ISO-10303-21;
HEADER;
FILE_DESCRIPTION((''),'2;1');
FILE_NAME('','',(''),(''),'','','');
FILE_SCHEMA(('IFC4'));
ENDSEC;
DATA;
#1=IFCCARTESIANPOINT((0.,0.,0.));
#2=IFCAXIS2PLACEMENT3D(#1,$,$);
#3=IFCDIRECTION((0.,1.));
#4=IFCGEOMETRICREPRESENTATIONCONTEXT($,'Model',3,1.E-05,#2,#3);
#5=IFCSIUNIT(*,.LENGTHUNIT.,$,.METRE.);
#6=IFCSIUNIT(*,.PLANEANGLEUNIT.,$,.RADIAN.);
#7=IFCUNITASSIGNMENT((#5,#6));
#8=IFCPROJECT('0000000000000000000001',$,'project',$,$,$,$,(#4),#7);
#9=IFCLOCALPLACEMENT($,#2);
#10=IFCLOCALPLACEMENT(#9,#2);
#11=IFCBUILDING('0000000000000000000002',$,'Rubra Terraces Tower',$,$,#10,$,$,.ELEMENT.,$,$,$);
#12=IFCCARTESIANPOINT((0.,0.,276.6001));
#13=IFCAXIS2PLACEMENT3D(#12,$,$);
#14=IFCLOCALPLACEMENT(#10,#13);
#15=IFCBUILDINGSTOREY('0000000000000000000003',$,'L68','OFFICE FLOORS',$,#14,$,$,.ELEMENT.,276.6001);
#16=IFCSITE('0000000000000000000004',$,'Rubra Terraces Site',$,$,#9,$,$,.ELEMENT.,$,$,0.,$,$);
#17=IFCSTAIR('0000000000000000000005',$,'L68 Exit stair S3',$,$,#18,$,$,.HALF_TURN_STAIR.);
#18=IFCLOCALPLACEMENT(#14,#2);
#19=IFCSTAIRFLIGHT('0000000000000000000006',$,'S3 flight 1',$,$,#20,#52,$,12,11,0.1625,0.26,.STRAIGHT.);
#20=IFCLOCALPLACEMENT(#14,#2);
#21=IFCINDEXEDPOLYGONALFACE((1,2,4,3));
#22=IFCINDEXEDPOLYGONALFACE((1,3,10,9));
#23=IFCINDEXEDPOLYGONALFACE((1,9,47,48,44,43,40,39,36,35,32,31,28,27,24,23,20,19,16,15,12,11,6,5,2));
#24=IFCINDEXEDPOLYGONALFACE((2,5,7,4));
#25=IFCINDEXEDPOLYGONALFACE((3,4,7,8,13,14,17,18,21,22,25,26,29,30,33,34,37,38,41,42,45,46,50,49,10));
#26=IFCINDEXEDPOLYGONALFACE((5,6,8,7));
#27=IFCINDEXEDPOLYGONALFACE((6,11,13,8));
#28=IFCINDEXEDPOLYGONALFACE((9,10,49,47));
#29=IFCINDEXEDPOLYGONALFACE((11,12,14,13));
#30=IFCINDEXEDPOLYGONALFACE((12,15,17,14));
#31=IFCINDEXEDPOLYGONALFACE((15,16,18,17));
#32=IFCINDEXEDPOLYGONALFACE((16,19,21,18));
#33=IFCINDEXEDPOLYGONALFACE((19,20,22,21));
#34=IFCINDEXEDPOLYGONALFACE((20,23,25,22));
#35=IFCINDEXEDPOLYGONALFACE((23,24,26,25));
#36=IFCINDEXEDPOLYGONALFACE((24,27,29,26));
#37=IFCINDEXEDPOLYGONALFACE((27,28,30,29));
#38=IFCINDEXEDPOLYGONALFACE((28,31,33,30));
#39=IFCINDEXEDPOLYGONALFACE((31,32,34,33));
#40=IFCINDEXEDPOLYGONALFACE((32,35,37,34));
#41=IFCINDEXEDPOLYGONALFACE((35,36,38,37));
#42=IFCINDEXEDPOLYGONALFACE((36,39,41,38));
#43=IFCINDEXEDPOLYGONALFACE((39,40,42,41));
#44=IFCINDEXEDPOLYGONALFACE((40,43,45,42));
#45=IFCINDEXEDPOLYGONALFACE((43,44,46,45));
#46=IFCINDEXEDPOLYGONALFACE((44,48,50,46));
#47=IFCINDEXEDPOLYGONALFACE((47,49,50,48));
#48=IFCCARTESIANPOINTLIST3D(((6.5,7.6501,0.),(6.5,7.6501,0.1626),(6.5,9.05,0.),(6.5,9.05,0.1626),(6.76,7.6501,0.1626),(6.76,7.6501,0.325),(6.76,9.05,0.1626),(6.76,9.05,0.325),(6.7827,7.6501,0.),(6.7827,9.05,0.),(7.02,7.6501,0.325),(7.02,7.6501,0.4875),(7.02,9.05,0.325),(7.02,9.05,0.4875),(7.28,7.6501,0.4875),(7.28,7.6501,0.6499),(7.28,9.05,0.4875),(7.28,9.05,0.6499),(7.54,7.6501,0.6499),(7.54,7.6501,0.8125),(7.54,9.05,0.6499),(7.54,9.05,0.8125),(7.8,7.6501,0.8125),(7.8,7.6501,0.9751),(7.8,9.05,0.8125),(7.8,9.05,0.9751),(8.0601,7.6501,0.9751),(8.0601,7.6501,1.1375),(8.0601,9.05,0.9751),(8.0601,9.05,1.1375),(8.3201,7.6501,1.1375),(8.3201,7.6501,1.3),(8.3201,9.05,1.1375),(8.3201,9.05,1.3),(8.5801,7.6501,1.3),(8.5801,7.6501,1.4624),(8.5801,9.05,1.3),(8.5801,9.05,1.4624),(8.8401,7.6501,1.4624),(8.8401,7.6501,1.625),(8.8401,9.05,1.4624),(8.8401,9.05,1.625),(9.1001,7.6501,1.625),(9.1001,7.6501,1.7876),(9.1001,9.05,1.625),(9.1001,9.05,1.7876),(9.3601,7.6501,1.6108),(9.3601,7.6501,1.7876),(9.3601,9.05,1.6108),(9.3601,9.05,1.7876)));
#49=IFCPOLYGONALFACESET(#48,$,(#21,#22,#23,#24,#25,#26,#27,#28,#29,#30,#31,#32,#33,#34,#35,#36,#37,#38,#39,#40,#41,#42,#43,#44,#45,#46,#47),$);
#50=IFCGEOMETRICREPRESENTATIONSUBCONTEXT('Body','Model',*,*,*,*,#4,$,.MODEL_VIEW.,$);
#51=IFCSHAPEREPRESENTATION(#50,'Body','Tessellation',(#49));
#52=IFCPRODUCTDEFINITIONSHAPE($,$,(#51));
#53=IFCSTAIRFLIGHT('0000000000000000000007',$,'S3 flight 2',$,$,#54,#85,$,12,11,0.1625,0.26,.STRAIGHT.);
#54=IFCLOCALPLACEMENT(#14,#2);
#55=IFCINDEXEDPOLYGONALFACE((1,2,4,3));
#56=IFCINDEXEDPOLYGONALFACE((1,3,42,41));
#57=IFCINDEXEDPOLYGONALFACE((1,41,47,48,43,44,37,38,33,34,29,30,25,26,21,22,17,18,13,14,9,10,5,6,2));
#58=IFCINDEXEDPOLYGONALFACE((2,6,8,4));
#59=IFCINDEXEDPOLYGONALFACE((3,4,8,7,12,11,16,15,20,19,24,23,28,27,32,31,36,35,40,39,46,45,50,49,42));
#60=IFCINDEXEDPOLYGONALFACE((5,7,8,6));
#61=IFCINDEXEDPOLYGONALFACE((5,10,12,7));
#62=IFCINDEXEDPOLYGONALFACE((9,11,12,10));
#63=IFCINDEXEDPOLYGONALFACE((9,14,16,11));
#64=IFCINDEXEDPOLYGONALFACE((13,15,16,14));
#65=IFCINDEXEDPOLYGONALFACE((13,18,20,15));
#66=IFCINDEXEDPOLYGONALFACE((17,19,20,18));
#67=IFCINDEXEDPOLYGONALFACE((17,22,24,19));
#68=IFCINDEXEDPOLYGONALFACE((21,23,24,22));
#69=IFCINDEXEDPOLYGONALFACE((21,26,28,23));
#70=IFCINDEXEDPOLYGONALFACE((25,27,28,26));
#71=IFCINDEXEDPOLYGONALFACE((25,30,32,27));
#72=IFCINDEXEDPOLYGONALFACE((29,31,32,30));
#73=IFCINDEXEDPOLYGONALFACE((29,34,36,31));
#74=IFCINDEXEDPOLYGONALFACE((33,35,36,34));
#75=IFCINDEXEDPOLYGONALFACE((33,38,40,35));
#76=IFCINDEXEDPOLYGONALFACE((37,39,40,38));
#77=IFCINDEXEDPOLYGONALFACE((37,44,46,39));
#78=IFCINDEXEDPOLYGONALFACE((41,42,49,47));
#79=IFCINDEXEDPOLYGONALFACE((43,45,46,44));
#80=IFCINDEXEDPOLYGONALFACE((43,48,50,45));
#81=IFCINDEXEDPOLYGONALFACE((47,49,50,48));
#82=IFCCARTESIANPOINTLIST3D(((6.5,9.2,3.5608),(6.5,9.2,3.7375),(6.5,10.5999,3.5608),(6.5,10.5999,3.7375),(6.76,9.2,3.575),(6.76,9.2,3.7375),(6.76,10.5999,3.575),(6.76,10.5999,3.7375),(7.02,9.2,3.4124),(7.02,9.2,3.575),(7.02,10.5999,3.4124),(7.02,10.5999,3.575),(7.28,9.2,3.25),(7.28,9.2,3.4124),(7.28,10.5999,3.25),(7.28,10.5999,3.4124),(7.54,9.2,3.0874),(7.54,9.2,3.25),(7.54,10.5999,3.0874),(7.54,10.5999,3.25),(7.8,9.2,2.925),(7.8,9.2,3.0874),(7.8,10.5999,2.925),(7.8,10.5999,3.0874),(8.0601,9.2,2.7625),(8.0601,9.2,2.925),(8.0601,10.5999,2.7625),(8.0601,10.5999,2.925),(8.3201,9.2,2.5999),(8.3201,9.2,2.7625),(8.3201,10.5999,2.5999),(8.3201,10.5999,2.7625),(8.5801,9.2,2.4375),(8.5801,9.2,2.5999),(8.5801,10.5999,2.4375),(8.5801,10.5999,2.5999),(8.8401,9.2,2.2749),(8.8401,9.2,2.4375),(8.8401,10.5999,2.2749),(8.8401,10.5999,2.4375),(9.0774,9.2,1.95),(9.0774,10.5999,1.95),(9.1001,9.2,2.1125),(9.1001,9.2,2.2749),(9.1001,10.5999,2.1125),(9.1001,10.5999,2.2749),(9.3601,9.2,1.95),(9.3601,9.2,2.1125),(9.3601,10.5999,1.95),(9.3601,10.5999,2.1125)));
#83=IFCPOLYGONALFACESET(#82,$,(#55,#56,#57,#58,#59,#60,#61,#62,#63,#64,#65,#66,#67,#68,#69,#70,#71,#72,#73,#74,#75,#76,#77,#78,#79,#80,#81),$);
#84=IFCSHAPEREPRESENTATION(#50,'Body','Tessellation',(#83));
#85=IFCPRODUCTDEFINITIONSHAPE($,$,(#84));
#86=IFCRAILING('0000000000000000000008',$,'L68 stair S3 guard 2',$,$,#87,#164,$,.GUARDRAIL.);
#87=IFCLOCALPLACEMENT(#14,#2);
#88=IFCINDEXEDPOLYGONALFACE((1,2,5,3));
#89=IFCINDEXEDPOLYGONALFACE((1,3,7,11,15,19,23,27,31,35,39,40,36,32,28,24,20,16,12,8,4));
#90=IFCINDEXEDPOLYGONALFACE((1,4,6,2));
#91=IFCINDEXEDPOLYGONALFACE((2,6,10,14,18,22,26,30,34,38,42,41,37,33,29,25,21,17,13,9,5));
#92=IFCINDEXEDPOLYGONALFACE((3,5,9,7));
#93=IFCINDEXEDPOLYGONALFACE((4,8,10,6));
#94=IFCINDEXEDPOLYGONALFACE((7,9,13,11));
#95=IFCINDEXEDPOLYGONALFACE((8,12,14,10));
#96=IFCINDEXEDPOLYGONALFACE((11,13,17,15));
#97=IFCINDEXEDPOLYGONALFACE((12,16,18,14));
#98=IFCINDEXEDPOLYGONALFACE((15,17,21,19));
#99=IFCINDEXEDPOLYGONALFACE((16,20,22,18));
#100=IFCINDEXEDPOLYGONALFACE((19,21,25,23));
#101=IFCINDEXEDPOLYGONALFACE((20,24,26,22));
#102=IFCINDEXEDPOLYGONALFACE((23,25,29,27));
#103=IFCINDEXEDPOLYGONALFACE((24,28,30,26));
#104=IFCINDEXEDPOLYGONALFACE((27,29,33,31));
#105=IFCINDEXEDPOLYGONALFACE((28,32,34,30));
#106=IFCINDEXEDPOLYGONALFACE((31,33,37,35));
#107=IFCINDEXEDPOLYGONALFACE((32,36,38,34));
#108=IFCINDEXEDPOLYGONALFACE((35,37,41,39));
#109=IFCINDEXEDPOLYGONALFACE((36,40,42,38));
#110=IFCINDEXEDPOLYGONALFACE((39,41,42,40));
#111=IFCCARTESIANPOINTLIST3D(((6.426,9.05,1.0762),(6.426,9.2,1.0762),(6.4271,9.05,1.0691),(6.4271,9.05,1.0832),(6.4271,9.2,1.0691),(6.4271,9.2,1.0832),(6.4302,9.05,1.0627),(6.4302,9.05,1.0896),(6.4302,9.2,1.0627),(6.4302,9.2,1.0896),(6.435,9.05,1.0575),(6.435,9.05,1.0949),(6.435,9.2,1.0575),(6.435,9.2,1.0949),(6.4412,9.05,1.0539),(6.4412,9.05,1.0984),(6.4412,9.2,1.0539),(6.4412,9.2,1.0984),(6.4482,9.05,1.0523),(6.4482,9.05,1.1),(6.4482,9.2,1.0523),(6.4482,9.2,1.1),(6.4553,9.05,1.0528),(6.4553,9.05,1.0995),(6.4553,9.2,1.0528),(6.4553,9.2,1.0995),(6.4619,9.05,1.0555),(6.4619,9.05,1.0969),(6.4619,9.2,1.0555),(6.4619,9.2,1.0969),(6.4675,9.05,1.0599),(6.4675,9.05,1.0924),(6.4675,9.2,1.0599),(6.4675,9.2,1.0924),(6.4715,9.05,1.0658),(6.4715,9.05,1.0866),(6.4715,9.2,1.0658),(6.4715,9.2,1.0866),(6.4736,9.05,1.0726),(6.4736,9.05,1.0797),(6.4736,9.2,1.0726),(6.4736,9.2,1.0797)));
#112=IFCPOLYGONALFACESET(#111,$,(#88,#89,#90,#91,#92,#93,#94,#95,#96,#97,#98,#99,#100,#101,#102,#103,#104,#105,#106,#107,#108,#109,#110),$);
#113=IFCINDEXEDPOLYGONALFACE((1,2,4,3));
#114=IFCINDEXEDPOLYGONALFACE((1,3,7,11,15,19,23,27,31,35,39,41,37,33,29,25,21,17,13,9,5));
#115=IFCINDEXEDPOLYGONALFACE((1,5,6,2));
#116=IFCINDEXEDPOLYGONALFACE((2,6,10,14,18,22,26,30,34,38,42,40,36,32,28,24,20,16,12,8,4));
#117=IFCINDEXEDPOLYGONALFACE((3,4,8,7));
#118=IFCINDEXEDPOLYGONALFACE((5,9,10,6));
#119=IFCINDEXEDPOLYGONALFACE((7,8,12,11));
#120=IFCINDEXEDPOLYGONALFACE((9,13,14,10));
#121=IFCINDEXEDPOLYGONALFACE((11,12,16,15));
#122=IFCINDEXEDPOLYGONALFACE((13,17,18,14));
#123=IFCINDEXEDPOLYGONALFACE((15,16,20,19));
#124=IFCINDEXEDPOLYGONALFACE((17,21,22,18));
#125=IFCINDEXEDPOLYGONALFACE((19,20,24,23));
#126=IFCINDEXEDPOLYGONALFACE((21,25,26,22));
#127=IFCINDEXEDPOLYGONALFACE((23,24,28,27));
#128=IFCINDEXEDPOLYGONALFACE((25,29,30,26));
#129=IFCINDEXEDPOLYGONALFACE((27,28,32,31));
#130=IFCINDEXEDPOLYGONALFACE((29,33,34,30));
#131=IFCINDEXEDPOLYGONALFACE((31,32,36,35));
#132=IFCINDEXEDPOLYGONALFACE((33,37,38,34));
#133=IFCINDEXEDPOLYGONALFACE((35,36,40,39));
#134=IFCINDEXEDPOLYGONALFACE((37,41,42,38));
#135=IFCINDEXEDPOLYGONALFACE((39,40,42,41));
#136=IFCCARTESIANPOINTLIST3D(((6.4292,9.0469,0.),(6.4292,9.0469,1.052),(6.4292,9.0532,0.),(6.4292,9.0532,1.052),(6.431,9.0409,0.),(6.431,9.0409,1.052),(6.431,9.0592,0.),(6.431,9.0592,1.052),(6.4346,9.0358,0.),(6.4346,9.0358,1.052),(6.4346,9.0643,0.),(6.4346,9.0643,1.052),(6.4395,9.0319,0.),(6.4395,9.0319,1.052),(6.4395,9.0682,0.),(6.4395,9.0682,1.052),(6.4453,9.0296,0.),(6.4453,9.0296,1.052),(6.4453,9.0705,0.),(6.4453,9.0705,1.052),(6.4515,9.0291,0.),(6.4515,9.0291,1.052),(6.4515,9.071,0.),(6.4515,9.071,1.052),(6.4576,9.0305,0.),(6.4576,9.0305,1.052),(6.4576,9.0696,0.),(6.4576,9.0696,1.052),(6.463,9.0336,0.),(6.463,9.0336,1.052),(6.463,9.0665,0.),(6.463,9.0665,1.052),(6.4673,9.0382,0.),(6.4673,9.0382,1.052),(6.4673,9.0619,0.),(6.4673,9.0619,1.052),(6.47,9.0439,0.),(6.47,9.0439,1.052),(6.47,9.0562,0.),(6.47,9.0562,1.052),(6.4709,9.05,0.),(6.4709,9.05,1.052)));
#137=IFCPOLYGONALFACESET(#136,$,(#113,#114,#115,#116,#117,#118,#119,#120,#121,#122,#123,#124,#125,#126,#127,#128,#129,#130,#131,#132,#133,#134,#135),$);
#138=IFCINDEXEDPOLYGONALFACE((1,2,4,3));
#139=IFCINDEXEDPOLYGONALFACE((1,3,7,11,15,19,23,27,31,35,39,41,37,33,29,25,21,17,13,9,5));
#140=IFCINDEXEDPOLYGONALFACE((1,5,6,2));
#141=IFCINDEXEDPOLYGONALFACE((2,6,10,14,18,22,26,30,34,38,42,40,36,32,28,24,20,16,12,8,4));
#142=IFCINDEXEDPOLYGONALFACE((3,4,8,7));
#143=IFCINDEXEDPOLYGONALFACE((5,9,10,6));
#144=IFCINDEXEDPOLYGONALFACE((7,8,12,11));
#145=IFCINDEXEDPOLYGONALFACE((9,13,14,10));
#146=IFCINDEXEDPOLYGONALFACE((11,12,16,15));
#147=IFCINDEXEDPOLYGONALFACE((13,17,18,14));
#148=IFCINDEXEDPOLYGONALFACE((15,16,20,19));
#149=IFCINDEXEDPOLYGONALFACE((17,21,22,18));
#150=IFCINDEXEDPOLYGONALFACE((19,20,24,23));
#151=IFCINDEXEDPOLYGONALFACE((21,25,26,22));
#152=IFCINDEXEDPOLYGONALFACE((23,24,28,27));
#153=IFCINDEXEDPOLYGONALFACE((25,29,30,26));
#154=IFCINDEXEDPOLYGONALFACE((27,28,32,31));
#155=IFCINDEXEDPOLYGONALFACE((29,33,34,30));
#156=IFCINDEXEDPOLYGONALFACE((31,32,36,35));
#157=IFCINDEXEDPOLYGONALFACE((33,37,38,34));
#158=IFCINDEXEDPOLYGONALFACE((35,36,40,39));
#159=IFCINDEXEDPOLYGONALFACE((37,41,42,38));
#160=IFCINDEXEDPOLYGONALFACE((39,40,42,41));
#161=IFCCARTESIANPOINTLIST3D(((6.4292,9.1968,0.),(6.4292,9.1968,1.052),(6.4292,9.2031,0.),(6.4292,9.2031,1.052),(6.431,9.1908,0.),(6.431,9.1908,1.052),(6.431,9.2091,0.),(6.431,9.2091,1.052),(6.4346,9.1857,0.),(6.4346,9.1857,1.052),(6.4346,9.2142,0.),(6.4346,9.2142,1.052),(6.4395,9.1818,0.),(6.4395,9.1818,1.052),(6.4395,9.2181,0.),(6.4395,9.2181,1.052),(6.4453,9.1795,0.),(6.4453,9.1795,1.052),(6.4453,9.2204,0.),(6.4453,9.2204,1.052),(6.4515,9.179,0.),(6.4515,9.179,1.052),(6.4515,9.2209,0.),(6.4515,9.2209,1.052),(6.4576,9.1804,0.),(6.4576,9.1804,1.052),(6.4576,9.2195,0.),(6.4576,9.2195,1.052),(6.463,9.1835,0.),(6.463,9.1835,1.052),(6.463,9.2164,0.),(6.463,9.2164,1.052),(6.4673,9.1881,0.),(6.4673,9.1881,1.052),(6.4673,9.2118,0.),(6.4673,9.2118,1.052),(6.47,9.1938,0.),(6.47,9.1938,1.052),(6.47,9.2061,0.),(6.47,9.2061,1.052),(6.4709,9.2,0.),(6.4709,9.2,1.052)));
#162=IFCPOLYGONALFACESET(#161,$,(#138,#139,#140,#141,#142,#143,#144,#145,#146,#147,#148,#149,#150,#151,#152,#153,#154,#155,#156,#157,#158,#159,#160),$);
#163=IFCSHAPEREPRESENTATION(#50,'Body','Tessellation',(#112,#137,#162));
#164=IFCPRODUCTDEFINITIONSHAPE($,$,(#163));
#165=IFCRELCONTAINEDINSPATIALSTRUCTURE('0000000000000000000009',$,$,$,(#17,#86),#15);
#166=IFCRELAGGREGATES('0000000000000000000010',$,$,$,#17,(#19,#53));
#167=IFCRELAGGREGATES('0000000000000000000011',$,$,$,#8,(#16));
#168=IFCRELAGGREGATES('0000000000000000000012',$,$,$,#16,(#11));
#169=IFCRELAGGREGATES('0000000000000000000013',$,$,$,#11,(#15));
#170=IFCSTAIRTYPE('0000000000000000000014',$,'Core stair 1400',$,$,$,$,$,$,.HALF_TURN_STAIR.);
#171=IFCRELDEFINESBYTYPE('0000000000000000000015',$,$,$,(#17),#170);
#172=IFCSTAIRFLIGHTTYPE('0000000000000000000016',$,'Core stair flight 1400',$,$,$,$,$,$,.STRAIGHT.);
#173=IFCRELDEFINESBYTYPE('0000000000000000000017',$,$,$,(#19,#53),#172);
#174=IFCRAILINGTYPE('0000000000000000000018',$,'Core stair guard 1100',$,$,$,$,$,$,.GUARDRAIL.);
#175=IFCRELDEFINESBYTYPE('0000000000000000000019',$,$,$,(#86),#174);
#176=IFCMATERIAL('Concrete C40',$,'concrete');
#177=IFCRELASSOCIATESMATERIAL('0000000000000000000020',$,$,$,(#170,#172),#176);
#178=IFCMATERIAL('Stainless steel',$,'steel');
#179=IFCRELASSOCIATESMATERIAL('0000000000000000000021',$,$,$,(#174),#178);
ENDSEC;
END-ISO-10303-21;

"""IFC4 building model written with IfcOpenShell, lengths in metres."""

from ifc_helpers import new_model, si_unit, direction, frame, origin, origin_2d, place, context, subcontext, project, spatial, polyline, circle, outline, extrude, material, type_object, element, aggregate, save


model = new_model("IFC4")

# Units and contexts
model_context = context("Model", 3, precision=1e-05, world=origin(), true_north=direction((0.0, 1.0)))
body_context = subcontext(model_context, "Body", "Model", "MODEL_VIEW")
ifc_project = project(units=[si_unit("LENGTHUNIT", "METRE"), si_unit("PLANEANGLEUNIT", "RADIAN")], contexts=[model_context])

# Site, building, storey
site_placement = place(None, origin())
site = spatial("IfcSite", under=ifc_project, at=site_placement, Name="Rubra Terraces Site", CompositionType="ELEMENT", RefElevation=0.0)
building_placement = place(site_placement, origin())
building = spatial("IfcBuilding", under=site, at=building_placement, Name="Rubra Terraces Tower", CompositionType="ELEMENT")
storey_placement = place(building_placement, frame((0.0, 0.0, 276.6001)))
storey = spatial("IfcBuildingStorey", under=building, at=storey_placement, Name="L68", Description="OFFICE FLOORS", CompositionType="ELEMENT", Elevation=276.6001)

# Shared definitions
ifc_material_1 = material(Name="Concrete C40", Category="concrete")

# Shared definitions
ifc_material_2 = material(Name="Stainless steel", Category="steel")

# Stair, stair flights
stair_type = type_object("IfcStairType", Name="Core stair 1400", PredefinedType="HALF_TURN_STAIR", material=ifc_material_1)
stair_placement = place(storey_placement, origin())
stair = element("IfcStair", 1, at=stair_placement, inside=storey, type_object=stair_type, Name="L68 Exit stair S3", PredefinedType="HALF_TURN_STAIR")
stair_flight_type = type_object("IfcStairFlightType", Name="Core stair flight 1400", PredefinedType="STRAIGHT", material=ifc_material_1)
stair_flight_1_placement = place(storey_placement, frame((6.5, 8.3501, 0.0), z_axis=(0.0, 0.0, 1.0), x_axis=(1.0, 0.0, 0.0)))
stair_flight_1 = element("IfcStairFlight", 2, at=stair_flight_1_placement, type_object=stair_flight_type, Name="S3 flight 1", NumberOfRisers=12, NumberOfTreads=11, PredefinedType="STRAIGHT", RiserHeight=0.1625, TreadLength=0.26, context=body_context, shape_type="SweptSolid", body=[
    extrude(outline(polyline([(0.0, 0.0), (0.0, 0.1626), (0.26, 0.1626), (0.26, 0.325), (0.52, 0.325), (0.52, 0.4875), (0.78, 0.4875), (0.78, 0.6499), (1.04, 0.6499), (1.04, 0.8125), (1.3, 0.8125), (1.3, 0.9751), (1.5601, 0.9751), (1.5601, 1.1375), (1.8201, 1.1375), (1.8201, 1.3), (2.0801, 1.3), (2.0801, 1.4624), (2.3401, 1.4624), (2.3401, 1.625), (2.6001, 1.625), (2.6001, 1.7876), (2.8601, 1.7876), (2.8601, 1.95), (2.8601, 1.6108), (0.2827, 0.0), (0.0, 0.0)])), frame((0.0, 0.7, 0.0), z_axis=(0.0, -1.0, 0.0), x_axis=(1.0, 0.0, 0.0)), (0.0, 0.0, 1.0), 1.3999),
])
stair_flight_2_placement = place(storey_placement, frame((9.3601, 9.8999, 1.95), z_axis=(0.0, 0.0, 1.0), x_axis=(-1.0, 0.0, 0.0)))
stair_flight_2 = element("IfcStairFlight", 3, at=stair_flight_2_placement, type_object=stair_flight_type, Name="S3 flight 2", NumberOfRisers=12, NumberOfTreads=11, PredefinedType="STRAIGHT", RiserHeight=0.1625, TreadLength=0.26, context=body_context, shape_type="SweptSolid", body=[
    extrude(outline(polyline([(0.0, 0.0), (0.0, 0.1626), (0.26, 0.1626), (0.26, 0.325), (0.52, 0.325), (0.52, 0.4875), (0.78, 0.4875), (0.78, 0.6499), (1.04, 0.6499), (1.04, 0.8125), (1.3, 0.8125), (1.3, 0.9751), (1.5601, 0.9751), (1.5601, 1.1375), (1.8201, 1.1375), (1.8201, 1.3), (2.0801, 1.3), (2.0801, 1.4624), (2.3401, 1.4624), (2.3401, 1.625), (2.6001, 1.625), (2.6001, 1.7876), (2.8601, 1.7876), (2.8601, 1.95), (2.8601, 1.6108), (0.2827, 0.0), (0.0, 0.0)])), frame((0.0, 0.7, 0.0), z_axis=(0.0, -1.0, 0.0), x_axis=(1.0, 0.0, 0.0)), (0.0, 0.0, 1.0), 1.3999),
])
aggregate(stair, [stair_flight_1, stair_flight_2])

# Railing
railing_type_1 = type_object("IfcRailingType", Name="Core stair guard 1100", PredefinedType="GUARDRAIL", material=ifc_material_2)
railing_1_placement = place(storey_placement, frame((6.45, 9.05, 0.0)))
element("IfcRailing", 4, at=railing_1_placement, inside=storey, type_object=railing_type_1, Name="L68 stair S3 guard 2", PredefinedType="GUARDRAIL", context=body_context, shape_type="SweptSolid", body=[
    extrude(circle(Radius=0.0239, at=origin_2d()), frame((0.0, 0.0, 1.0762), z_axis=(0.0, 1.0, 0.0), x_axis=(-1.0, 0.0, 0.0)), (0.0, 0.0, 1.0), 0.1499),
    extrude(circle(Radius=0.021, at=origin_2d()), origin(), (0.0, 0.0, 1.0), 1.052),
    extrude(circle(Radius=0.021, at=origin_2d()), frame((0.0, 0.1499, 0.0)), (0.0, 0.0, 1.0), 1.052),
])

save(model, "model.ifc")
